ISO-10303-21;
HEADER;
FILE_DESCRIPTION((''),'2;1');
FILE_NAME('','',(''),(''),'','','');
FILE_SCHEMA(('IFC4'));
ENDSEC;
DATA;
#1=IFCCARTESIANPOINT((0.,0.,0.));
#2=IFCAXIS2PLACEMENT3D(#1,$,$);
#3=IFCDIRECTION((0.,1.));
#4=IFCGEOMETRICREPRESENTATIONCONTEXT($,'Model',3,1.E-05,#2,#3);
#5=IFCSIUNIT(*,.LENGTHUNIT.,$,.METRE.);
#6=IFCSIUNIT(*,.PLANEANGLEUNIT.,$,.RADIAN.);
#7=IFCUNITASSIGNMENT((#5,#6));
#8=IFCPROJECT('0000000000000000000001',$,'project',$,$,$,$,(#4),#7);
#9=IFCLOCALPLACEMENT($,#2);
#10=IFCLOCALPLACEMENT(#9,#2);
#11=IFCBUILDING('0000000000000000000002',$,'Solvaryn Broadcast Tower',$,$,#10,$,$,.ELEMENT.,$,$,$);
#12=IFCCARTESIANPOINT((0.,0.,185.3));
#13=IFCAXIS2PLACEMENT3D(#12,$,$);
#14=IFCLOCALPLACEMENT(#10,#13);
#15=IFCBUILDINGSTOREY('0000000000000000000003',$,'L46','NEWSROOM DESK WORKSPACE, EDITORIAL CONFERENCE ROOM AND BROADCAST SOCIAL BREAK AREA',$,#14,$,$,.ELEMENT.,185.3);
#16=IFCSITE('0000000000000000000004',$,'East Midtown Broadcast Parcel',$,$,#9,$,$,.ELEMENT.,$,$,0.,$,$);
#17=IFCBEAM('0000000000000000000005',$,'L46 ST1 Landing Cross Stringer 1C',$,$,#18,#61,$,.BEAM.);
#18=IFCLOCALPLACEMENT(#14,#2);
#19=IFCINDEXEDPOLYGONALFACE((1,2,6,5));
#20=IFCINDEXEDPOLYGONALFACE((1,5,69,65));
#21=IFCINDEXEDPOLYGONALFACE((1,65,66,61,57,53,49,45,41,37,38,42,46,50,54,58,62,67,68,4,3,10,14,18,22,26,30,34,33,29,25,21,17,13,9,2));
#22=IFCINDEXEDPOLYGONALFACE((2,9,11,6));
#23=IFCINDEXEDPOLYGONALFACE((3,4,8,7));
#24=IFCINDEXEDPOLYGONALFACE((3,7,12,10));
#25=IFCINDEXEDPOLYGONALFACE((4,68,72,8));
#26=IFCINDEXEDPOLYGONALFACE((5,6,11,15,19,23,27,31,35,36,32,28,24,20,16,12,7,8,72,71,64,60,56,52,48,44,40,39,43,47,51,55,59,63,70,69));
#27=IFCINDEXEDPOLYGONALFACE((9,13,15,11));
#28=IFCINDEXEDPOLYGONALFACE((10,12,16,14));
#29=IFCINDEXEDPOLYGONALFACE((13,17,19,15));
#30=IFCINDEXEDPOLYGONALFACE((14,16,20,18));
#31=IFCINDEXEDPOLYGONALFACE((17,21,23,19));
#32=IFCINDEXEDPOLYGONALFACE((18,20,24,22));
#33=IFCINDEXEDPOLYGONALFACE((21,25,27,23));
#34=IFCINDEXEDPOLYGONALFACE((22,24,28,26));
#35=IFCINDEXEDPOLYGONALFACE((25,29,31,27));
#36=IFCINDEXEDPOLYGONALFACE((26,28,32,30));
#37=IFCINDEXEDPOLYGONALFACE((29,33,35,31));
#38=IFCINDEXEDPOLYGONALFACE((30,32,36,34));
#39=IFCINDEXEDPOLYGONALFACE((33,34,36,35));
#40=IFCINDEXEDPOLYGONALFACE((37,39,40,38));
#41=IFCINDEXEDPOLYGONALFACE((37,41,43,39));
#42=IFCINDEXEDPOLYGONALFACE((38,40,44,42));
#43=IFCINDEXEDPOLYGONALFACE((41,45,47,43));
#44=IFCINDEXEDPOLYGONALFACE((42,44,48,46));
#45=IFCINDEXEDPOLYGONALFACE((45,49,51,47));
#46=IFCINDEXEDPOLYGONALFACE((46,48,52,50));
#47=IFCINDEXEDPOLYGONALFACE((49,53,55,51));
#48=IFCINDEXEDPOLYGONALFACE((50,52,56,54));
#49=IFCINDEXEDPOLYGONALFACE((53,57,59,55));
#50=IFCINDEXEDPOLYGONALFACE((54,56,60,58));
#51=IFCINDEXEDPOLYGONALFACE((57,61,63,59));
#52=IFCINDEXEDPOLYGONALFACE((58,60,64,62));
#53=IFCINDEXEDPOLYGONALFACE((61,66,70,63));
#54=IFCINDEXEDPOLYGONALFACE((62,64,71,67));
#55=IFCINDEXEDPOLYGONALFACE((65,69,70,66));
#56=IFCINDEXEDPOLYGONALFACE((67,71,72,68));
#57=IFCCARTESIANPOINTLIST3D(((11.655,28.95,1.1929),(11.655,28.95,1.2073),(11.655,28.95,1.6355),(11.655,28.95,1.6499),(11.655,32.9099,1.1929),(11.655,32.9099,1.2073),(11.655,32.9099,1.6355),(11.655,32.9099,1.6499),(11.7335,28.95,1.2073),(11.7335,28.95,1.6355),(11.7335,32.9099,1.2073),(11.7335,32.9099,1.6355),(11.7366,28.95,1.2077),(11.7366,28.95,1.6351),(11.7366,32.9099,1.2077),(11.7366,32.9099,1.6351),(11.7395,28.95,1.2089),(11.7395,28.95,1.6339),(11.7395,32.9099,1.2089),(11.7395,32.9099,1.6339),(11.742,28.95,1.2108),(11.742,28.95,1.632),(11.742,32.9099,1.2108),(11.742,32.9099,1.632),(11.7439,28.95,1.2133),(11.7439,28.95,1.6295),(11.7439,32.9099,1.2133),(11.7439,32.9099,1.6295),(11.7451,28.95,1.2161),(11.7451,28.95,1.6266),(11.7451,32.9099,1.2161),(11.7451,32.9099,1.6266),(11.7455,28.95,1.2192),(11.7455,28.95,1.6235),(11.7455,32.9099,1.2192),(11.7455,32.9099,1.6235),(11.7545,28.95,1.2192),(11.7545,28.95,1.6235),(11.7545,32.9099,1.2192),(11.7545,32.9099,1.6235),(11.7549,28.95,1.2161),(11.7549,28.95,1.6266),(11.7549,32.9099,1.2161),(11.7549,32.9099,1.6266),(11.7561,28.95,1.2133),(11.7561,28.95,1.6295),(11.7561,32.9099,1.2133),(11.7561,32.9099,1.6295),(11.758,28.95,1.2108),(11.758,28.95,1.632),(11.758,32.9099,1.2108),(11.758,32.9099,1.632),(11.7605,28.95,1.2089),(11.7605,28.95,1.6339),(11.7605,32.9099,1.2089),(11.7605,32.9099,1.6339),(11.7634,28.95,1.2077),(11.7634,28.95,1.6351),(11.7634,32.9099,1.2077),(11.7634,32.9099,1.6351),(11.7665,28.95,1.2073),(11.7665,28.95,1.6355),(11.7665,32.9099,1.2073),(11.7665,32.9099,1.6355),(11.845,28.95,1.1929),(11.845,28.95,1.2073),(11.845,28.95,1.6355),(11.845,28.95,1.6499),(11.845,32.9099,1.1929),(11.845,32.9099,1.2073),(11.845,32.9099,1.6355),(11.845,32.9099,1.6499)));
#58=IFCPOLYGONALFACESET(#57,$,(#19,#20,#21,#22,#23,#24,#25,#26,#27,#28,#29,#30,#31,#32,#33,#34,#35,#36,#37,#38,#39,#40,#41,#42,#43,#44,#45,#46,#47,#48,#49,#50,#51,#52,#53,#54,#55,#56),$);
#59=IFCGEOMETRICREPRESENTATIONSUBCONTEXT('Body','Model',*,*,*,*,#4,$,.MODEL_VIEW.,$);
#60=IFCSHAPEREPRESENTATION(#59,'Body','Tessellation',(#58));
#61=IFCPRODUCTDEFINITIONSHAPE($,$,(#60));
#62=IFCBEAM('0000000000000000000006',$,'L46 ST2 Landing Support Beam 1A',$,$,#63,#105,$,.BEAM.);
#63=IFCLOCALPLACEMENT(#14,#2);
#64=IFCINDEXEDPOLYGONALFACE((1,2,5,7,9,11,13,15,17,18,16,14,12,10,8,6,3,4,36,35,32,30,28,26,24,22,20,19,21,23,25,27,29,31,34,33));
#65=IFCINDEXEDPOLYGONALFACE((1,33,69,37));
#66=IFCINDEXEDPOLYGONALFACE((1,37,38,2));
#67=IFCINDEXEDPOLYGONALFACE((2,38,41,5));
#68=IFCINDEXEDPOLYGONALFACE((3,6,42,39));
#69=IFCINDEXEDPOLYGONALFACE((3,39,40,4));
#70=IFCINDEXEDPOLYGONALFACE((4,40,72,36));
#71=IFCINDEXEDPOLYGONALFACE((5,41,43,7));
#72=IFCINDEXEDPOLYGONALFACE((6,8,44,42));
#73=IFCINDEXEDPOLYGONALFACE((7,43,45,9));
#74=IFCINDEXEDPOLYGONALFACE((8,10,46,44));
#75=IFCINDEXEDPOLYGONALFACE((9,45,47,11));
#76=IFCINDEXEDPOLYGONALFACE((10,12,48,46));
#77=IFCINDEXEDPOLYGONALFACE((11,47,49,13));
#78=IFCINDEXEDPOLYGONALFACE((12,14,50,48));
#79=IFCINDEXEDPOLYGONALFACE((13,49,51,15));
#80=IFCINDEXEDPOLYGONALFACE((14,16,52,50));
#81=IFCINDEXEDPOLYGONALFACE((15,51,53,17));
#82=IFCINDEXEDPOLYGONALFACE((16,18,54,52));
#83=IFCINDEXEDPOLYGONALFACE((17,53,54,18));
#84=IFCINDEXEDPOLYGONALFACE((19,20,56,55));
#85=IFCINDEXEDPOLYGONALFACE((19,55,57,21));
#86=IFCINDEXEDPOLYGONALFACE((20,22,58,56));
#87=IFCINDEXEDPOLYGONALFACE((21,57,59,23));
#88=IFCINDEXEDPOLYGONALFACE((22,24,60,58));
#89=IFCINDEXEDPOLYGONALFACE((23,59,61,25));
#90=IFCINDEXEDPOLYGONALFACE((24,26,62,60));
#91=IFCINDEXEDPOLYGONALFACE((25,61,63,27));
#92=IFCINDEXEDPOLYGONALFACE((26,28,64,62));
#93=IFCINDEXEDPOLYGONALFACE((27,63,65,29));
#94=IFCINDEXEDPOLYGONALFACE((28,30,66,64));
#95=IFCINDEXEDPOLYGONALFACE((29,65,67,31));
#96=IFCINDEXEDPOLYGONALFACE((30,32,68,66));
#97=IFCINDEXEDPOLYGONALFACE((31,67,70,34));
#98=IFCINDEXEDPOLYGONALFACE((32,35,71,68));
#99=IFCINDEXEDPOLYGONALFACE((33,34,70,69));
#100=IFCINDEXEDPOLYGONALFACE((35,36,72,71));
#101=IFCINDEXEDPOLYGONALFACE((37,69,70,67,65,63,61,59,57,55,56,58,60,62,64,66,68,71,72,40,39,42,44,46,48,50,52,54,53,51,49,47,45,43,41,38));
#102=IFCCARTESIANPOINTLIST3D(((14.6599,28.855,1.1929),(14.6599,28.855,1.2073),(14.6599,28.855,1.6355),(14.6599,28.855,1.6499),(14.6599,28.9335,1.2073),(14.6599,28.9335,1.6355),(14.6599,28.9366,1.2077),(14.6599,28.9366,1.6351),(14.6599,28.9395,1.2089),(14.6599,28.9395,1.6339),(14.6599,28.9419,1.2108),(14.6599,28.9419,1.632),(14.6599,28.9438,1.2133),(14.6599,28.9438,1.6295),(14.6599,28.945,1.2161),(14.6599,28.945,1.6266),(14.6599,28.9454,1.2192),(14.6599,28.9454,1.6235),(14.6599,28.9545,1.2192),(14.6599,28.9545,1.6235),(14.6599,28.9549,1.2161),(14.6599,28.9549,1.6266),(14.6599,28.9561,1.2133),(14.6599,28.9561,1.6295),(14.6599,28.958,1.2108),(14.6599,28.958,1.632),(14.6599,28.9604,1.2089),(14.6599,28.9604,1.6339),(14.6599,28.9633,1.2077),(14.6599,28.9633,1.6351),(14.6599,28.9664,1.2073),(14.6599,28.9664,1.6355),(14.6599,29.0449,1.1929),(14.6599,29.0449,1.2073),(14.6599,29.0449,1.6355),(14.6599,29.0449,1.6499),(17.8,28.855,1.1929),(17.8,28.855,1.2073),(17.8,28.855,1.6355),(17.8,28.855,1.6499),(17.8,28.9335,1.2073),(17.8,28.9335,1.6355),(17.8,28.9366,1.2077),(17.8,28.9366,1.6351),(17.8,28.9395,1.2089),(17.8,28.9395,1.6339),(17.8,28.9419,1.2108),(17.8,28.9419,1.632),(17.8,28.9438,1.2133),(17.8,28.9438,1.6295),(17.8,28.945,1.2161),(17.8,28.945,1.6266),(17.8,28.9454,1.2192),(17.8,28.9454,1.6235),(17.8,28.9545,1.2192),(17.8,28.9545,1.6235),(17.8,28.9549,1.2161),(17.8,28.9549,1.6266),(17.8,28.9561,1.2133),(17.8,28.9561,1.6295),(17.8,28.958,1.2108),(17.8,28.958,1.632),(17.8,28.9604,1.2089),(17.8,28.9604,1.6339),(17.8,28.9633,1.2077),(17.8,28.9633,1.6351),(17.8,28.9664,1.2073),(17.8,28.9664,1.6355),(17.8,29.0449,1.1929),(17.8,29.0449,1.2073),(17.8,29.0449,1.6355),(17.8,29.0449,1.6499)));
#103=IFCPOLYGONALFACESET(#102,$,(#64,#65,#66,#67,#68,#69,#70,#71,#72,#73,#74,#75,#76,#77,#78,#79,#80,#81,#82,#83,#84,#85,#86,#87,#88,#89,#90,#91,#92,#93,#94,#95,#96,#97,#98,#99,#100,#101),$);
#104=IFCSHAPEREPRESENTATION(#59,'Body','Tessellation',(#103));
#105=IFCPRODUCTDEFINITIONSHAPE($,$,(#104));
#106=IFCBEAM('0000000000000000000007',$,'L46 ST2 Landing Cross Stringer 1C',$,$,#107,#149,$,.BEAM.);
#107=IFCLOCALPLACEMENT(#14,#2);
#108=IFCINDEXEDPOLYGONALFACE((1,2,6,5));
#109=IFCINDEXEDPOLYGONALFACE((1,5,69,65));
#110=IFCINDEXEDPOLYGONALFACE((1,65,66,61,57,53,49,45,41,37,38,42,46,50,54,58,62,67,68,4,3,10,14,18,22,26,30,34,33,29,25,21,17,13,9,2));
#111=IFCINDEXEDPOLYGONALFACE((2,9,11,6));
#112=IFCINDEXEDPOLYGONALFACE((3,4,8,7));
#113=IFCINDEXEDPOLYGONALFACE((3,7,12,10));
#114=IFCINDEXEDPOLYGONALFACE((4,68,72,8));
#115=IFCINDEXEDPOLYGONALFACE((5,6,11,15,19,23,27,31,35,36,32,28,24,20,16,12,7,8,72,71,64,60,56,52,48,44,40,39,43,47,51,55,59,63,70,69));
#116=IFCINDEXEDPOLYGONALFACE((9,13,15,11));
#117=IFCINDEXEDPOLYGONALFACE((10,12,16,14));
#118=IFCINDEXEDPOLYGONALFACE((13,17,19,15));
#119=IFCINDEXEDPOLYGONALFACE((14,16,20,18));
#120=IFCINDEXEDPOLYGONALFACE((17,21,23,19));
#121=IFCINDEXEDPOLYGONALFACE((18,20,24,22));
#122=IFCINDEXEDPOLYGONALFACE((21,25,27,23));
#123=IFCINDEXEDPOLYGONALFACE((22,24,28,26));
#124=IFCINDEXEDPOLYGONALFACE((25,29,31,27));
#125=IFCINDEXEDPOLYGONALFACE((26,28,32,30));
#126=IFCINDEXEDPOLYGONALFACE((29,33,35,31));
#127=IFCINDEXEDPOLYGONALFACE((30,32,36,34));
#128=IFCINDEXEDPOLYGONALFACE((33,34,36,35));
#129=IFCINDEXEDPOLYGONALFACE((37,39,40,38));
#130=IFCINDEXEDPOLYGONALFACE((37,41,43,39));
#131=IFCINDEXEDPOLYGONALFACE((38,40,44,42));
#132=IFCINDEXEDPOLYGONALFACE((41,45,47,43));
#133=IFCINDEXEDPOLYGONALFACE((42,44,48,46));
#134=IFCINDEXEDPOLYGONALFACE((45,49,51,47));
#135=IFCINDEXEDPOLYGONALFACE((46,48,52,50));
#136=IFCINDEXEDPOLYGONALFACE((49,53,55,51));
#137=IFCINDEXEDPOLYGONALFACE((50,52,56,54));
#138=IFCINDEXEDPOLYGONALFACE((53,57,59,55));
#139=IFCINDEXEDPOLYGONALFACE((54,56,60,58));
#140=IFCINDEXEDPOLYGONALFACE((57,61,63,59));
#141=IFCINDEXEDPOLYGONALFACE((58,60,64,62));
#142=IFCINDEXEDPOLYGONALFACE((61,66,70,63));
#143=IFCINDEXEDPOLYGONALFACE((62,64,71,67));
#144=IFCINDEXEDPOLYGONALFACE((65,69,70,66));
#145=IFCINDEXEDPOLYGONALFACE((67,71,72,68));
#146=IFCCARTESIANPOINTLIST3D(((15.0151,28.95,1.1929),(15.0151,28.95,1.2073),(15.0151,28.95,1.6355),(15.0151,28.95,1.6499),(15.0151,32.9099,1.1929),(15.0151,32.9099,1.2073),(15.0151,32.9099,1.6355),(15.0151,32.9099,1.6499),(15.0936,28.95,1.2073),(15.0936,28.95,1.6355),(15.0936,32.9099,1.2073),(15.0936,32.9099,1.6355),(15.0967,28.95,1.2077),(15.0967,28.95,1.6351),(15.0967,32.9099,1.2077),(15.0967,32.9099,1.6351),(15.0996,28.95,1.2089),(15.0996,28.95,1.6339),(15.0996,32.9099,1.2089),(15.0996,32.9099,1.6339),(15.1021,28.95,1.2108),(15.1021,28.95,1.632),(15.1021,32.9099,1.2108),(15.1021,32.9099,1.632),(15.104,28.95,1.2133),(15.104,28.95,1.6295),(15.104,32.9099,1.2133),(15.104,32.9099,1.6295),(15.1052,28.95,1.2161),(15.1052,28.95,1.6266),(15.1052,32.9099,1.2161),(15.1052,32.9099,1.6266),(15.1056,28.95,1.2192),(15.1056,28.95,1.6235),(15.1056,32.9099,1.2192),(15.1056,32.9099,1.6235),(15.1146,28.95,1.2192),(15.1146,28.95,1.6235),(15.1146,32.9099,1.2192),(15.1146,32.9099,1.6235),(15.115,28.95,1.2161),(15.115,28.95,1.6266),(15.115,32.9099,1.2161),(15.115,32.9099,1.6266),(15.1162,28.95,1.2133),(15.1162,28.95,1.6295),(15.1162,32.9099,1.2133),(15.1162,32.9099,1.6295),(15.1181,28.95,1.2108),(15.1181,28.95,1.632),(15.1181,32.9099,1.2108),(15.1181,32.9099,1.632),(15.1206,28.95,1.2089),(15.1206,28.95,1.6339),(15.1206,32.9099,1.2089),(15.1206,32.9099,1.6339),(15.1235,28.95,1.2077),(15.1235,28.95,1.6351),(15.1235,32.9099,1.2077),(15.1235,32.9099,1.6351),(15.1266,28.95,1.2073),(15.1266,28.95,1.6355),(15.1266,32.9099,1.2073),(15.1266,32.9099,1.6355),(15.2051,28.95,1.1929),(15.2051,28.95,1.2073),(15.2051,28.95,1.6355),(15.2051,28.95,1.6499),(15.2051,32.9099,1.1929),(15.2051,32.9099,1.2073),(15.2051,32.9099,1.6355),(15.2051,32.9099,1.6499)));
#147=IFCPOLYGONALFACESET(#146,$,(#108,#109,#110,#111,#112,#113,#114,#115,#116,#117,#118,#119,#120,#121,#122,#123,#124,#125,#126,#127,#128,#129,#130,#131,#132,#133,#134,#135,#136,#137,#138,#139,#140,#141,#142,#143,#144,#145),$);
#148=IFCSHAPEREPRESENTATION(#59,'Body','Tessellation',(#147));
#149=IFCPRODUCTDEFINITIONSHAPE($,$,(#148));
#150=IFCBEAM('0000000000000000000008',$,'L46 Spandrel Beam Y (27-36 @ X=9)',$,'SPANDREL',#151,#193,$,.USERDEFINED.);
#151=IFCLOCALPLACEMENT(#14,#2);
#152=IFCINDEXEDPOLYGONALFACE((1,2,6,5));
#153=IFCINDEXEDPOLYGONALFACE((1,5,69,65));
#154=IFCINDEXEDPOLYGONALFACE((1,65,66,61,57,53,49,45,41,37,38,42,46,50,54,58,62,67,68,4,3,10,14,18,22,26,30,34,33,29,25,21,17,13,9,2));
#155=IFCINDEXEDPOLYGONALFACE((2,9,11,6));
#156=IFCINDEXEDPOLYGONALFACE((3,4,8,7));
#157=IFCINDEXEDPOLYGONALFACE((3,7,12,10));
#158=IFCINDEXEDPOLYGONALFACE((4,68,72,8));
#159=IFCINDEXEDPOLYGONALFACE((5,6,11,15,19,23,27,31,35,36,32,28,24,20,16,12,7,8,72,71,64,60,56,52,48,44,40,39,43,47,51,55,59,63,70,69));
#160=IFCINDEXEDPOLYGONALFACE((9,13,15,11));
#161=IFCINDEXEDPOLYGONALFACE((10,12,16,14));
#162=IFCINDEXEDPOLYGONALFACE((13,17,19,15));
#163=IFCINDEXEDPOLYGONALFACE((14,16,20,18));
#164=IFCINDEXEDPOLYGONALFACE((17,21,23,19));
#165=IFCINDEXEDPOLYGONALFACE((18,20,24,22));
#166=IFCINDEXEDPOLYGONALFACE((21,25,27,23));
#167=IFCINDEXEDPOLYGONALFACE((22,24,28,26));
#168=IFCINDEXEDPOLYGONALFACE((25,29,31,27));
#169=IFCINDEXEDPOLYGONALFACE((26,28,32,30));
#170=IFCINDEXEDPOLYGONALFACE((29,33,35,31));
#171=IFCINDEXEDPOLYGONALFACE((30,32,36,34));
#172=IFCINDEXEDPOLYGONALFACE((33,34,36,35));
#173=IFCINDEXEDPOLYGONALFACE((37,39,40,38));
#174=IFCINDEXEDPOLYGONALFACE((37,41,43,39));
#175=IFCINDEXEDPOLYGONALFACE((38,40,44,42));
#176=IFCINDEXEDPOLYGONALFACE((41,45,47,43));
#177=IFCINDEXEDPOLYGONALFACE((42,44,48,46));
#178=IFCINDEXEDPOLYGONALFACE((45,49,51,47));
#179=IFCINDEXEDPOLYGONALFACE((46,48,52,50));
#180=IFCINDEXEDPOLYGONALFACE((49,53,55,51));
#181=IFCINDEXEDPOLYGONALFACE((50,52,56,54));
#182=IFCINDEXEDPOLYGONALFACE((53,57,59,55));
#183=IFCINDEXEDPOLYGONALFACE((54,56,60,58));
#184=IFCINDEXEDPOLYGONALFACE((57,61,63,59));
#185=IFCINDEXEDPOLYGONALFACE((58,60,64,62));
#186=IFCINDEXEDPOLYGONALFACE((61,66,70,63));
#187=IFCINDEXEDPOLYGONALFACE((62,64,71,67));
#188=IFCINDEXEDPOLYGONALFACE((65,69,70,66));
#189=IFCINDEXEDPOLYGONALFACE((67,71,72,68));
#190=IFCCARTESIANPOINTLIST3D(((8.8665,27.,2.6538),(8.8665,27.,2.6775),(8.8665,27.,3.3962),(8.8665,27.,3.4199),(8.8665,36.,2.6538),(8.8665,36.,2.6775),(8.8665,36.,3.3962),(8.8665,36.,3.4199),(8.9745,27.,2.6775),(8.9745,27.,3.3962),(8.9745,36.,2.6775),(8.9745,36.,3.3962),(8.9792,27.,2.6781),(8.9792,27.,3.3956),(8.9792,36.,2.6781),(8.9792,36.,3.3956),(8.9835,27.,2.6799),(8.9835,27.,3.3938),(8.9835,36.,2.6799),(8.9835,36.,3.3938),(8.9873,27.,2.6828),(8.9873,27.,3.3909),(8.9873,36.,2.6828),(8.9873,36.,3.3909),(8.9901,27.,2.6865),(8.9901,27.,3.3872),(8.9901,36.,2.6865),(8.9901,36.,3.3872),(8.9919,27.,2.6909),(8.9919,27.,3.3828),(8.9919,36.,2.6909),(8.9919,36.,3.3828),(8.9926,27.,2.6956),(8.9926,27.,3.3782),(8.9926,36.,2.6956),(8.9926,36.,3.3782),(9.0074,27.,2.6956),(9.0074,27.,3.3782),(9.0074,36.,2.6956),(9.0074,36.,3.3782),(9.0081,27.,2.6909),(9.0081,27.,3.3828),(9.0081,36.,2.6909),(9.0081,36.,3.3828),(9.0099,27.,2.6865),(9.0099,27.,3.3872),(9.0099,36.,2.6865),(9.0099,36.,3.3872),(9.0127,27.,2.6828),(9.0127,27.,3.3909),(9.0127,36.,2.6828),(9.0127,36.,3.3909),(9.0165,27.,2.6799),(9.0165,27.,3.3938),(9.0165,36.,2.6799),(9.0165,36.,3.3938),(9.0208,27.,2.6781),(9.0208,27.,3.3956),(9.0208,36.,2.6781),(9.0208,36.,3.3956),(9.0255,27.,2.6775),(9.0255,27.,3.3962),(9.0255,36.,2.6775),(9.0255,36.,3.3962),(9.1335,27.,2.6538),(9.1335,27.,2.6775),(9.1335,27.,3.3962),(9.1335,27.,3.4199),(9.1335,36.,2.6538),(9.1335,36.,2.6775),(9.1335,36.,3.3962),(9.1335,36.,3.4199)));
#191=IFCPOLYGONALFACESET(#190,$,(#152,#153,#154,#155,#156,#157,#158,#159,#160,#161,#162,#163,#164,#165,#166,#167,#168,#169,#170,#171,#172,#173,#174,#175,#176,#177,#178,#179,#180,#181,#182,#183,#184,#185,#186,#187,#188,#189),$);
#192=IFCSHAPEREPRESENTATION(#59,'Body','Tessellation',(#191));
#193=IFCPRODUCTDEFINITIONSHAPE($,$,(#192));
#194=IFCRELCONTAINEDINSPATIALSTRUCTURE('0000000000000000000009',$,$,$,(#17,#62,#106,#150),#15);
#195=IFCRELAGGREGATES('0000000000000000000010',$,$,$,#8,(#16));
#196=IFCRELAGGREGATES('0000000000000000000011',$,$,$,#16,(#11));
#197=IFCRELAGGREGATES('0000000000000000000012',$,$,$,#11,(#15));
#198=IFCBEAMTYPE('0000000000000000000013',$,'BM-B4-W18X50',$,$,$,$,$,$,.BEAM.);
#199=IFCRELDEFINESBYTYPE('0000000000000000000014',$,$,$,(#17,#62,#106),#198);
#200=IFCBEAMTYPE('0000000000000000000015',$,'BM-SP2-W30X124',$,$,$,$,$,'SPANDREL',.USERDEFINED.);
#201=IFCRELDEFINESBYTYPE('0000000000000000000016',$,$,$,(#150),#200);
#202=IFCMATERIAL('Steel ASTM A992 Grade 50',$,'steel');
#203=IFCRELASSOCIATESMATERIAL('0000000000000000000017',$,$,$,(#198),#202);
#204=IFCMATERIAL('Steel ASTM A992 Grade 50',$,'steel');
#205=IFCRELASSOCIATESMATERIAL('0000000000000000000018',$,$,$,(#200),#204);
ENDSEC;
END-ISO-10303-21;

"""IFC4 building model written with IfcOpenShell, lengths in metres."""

from ifc_helpers import new_model, si_unit, direction, frame, origin, origin_2d, place, context, subcontext, project, spatial, i_section, extrude, material, material_profile, profile_set, type_object, element, save


model = new_model("IFC4")

# Units and contexts
model_context = context("Model", 3, precision=1e-05, world=origin(), true_north=direction((0.0, 1.0)))
body_context = subcontext(model_context, "Body", "Model", "MODEL_VIEW")
ifc_project = project(units=[si_unit("LENGTHUNIT", "METRE"), si_unit("PLANEANGLEUNIT", "RADIAN")], contexts=[model_context])

# Site, building, storey
site_placement = place(None, origin())
site = spatial("IfcSite", under=ifc_project, at=site_placement, Name="East Midtown Broadcast Parcel", CompositionType="ELEMENT", RefElevation=0.0)
building_placement = place(site_placement, origin())
building = spatial("IfcBuilding", under=site, at=building_placement, Name="Solvaryn Broadcast Tower", CompositionType="ELEMENT")
storey_placement = place(building_placement, frame((0.0, 0.0, 185.3)))
storey = spatial("IfcBuildingStorey", under=building, at=storey_placement, Name="L46", Description="NEWSROOM DESK WORKSPACE, EDITORIAL CONFERENCE ROOM AND BROADCAST SOCIAL BREAK AREA", CompositionType="ELEMENT", Elevation=185.3)

# Beams
ifc_material_1 = material(Name="Steel ASTM A992 Grade 50", Category="steel")
ifc_material_profile_1 = material_profile(ifc_material_1, i_section(OverallWidth=0.1899, OverallDepth=0.457, WebThickness=0.009, FlangeThickness=0.0144, FilletRadius=0.012, at=origin_2d()))
ifc_profile_set_1 = profile_set([ifc_material_profile_1], Name="Steel ASTM A992 Grade 50")
beam_type_1 = type_object("IfcBeamType", Name="BM-B4-W18X50", PredefinedType="BEAM", material=ifc_profile_set_1)
beam_1_placement = place(storey_placement, frame((11.75, 28.95, 1.4214), z_axis=(0.0, 1.0, 0.0), x_axis=(-1.0, 0.0, 0.0)))
element("IfcBeam", 1, at=beam_1_placement, inside=storey, type_object=beam_type_1, Name="L46 ST1 Landing Cross Stringer 1C", PredefinedType="BEAM", context=body_context, shape_type="SweptSolid", body=[
    extrude(i_section(OverallWidth=0.1899, OverallDepth=0.457, WebThickness=0.009, FlangeThickness=0.0144, FilletRadius=0.012, at=origin_2d()), origin(), (0.0, 0.0, 1.0), 3.96),
])
beam_2_placement = place(storey_placement, frame((14.6599, 28.95, 1.4214), z_axis=(1.0, 0.0, 0.0), x_axis=(0.0, 1.0, 0.0)))
element("IfcBeam", 2, at=beam_2_placement, inside=storey, type_object=beam_type_1, Name="L46 ST2 Landing Support Beam 1A", PredefinedType="BEAM", context=body_context, shape_type="SweptSolid", body=[
    extrude(i_section(OverallWidth=0.1899, OverallDepth=0.457, WebThickness=0.009, FlangeThickness=0.0144, FilletRadius=0.012, at=origin_2d()), origin(), (0.0, 0.0, 1.0), 3.1401),
])
beam_3_placement = place(storey_placement, frame((15.1101, 28.95, 1.4214), z_axis=(0.0, 1.0, 0.0), x_axis=(-1.0, 0.0, 0.0)))
element("IfcBeam", 3, at=beam_3_placement, inside=storey, type_object=beam_type_1, Name="L46 ST2 Landing Cross Stringer 1C", PredefinedType="BEAM", context=body_context, shape_type="SweptSolid", body=[
    extrude(i_section(OverallWidth=0.1899, OverallDepth=0.457, WebThickness=0.009, FlangeThickness=0.0144, FilletRadius=0.012, at=origin_2d()), origin(), (0.0, 0.0, 1.0), 3.96),
])
ifc_material_2 = material(Name="Steel ASTM A992 Grade 50", Category="steel")
ifc_material_profile_2 = material_profile(ifc_material_2, i_section(OverallWidth=0.2671, OverallDepth=0.7661, WebThickness=0.0149, FlangeThickness=0.0237, FilletRadius=0.0181, at=origin_2d()))
ifc_profile_set_2 = profile_set([ifc_material_profile_2], Name="Steel ASTM A992 Grade 50")
beam_type_2 = type_object("IfcBeamType", Name="BM-SP2-W30X124", ElementType="SPANDREL", PredefinedType="USERDEFINED", material=ifc_profile_set_2)
beam_4_placement = place(storey_placement, frame((9.0, 27.0, 3.0369), z_axis=(0.0, 1.0, 0.0), x_axis=(-1.0, 0.0, 0.0)))
element("IfcBeam", 4, at=beam_4_placement, inside=storey, type_object=beam_type_2, Name="L46 Spandrel Beam Y (27-36 @ X=9)", ObjectType="SPANDREL", PredefinedType="USERDEFINED", context=body_context, shape_type="SweptSolid", body=[
    extrude(i_section(OverallWidth=0.2671, OverallDepth=0.7661, WebThickness=0.0149, FlangeThickness=0.0237, FilletRadius=0.0181, at=origin_2d()), origin(), (0.0, 0.0, 1.0), 9.0),
])

save(model, "model.ifc")
